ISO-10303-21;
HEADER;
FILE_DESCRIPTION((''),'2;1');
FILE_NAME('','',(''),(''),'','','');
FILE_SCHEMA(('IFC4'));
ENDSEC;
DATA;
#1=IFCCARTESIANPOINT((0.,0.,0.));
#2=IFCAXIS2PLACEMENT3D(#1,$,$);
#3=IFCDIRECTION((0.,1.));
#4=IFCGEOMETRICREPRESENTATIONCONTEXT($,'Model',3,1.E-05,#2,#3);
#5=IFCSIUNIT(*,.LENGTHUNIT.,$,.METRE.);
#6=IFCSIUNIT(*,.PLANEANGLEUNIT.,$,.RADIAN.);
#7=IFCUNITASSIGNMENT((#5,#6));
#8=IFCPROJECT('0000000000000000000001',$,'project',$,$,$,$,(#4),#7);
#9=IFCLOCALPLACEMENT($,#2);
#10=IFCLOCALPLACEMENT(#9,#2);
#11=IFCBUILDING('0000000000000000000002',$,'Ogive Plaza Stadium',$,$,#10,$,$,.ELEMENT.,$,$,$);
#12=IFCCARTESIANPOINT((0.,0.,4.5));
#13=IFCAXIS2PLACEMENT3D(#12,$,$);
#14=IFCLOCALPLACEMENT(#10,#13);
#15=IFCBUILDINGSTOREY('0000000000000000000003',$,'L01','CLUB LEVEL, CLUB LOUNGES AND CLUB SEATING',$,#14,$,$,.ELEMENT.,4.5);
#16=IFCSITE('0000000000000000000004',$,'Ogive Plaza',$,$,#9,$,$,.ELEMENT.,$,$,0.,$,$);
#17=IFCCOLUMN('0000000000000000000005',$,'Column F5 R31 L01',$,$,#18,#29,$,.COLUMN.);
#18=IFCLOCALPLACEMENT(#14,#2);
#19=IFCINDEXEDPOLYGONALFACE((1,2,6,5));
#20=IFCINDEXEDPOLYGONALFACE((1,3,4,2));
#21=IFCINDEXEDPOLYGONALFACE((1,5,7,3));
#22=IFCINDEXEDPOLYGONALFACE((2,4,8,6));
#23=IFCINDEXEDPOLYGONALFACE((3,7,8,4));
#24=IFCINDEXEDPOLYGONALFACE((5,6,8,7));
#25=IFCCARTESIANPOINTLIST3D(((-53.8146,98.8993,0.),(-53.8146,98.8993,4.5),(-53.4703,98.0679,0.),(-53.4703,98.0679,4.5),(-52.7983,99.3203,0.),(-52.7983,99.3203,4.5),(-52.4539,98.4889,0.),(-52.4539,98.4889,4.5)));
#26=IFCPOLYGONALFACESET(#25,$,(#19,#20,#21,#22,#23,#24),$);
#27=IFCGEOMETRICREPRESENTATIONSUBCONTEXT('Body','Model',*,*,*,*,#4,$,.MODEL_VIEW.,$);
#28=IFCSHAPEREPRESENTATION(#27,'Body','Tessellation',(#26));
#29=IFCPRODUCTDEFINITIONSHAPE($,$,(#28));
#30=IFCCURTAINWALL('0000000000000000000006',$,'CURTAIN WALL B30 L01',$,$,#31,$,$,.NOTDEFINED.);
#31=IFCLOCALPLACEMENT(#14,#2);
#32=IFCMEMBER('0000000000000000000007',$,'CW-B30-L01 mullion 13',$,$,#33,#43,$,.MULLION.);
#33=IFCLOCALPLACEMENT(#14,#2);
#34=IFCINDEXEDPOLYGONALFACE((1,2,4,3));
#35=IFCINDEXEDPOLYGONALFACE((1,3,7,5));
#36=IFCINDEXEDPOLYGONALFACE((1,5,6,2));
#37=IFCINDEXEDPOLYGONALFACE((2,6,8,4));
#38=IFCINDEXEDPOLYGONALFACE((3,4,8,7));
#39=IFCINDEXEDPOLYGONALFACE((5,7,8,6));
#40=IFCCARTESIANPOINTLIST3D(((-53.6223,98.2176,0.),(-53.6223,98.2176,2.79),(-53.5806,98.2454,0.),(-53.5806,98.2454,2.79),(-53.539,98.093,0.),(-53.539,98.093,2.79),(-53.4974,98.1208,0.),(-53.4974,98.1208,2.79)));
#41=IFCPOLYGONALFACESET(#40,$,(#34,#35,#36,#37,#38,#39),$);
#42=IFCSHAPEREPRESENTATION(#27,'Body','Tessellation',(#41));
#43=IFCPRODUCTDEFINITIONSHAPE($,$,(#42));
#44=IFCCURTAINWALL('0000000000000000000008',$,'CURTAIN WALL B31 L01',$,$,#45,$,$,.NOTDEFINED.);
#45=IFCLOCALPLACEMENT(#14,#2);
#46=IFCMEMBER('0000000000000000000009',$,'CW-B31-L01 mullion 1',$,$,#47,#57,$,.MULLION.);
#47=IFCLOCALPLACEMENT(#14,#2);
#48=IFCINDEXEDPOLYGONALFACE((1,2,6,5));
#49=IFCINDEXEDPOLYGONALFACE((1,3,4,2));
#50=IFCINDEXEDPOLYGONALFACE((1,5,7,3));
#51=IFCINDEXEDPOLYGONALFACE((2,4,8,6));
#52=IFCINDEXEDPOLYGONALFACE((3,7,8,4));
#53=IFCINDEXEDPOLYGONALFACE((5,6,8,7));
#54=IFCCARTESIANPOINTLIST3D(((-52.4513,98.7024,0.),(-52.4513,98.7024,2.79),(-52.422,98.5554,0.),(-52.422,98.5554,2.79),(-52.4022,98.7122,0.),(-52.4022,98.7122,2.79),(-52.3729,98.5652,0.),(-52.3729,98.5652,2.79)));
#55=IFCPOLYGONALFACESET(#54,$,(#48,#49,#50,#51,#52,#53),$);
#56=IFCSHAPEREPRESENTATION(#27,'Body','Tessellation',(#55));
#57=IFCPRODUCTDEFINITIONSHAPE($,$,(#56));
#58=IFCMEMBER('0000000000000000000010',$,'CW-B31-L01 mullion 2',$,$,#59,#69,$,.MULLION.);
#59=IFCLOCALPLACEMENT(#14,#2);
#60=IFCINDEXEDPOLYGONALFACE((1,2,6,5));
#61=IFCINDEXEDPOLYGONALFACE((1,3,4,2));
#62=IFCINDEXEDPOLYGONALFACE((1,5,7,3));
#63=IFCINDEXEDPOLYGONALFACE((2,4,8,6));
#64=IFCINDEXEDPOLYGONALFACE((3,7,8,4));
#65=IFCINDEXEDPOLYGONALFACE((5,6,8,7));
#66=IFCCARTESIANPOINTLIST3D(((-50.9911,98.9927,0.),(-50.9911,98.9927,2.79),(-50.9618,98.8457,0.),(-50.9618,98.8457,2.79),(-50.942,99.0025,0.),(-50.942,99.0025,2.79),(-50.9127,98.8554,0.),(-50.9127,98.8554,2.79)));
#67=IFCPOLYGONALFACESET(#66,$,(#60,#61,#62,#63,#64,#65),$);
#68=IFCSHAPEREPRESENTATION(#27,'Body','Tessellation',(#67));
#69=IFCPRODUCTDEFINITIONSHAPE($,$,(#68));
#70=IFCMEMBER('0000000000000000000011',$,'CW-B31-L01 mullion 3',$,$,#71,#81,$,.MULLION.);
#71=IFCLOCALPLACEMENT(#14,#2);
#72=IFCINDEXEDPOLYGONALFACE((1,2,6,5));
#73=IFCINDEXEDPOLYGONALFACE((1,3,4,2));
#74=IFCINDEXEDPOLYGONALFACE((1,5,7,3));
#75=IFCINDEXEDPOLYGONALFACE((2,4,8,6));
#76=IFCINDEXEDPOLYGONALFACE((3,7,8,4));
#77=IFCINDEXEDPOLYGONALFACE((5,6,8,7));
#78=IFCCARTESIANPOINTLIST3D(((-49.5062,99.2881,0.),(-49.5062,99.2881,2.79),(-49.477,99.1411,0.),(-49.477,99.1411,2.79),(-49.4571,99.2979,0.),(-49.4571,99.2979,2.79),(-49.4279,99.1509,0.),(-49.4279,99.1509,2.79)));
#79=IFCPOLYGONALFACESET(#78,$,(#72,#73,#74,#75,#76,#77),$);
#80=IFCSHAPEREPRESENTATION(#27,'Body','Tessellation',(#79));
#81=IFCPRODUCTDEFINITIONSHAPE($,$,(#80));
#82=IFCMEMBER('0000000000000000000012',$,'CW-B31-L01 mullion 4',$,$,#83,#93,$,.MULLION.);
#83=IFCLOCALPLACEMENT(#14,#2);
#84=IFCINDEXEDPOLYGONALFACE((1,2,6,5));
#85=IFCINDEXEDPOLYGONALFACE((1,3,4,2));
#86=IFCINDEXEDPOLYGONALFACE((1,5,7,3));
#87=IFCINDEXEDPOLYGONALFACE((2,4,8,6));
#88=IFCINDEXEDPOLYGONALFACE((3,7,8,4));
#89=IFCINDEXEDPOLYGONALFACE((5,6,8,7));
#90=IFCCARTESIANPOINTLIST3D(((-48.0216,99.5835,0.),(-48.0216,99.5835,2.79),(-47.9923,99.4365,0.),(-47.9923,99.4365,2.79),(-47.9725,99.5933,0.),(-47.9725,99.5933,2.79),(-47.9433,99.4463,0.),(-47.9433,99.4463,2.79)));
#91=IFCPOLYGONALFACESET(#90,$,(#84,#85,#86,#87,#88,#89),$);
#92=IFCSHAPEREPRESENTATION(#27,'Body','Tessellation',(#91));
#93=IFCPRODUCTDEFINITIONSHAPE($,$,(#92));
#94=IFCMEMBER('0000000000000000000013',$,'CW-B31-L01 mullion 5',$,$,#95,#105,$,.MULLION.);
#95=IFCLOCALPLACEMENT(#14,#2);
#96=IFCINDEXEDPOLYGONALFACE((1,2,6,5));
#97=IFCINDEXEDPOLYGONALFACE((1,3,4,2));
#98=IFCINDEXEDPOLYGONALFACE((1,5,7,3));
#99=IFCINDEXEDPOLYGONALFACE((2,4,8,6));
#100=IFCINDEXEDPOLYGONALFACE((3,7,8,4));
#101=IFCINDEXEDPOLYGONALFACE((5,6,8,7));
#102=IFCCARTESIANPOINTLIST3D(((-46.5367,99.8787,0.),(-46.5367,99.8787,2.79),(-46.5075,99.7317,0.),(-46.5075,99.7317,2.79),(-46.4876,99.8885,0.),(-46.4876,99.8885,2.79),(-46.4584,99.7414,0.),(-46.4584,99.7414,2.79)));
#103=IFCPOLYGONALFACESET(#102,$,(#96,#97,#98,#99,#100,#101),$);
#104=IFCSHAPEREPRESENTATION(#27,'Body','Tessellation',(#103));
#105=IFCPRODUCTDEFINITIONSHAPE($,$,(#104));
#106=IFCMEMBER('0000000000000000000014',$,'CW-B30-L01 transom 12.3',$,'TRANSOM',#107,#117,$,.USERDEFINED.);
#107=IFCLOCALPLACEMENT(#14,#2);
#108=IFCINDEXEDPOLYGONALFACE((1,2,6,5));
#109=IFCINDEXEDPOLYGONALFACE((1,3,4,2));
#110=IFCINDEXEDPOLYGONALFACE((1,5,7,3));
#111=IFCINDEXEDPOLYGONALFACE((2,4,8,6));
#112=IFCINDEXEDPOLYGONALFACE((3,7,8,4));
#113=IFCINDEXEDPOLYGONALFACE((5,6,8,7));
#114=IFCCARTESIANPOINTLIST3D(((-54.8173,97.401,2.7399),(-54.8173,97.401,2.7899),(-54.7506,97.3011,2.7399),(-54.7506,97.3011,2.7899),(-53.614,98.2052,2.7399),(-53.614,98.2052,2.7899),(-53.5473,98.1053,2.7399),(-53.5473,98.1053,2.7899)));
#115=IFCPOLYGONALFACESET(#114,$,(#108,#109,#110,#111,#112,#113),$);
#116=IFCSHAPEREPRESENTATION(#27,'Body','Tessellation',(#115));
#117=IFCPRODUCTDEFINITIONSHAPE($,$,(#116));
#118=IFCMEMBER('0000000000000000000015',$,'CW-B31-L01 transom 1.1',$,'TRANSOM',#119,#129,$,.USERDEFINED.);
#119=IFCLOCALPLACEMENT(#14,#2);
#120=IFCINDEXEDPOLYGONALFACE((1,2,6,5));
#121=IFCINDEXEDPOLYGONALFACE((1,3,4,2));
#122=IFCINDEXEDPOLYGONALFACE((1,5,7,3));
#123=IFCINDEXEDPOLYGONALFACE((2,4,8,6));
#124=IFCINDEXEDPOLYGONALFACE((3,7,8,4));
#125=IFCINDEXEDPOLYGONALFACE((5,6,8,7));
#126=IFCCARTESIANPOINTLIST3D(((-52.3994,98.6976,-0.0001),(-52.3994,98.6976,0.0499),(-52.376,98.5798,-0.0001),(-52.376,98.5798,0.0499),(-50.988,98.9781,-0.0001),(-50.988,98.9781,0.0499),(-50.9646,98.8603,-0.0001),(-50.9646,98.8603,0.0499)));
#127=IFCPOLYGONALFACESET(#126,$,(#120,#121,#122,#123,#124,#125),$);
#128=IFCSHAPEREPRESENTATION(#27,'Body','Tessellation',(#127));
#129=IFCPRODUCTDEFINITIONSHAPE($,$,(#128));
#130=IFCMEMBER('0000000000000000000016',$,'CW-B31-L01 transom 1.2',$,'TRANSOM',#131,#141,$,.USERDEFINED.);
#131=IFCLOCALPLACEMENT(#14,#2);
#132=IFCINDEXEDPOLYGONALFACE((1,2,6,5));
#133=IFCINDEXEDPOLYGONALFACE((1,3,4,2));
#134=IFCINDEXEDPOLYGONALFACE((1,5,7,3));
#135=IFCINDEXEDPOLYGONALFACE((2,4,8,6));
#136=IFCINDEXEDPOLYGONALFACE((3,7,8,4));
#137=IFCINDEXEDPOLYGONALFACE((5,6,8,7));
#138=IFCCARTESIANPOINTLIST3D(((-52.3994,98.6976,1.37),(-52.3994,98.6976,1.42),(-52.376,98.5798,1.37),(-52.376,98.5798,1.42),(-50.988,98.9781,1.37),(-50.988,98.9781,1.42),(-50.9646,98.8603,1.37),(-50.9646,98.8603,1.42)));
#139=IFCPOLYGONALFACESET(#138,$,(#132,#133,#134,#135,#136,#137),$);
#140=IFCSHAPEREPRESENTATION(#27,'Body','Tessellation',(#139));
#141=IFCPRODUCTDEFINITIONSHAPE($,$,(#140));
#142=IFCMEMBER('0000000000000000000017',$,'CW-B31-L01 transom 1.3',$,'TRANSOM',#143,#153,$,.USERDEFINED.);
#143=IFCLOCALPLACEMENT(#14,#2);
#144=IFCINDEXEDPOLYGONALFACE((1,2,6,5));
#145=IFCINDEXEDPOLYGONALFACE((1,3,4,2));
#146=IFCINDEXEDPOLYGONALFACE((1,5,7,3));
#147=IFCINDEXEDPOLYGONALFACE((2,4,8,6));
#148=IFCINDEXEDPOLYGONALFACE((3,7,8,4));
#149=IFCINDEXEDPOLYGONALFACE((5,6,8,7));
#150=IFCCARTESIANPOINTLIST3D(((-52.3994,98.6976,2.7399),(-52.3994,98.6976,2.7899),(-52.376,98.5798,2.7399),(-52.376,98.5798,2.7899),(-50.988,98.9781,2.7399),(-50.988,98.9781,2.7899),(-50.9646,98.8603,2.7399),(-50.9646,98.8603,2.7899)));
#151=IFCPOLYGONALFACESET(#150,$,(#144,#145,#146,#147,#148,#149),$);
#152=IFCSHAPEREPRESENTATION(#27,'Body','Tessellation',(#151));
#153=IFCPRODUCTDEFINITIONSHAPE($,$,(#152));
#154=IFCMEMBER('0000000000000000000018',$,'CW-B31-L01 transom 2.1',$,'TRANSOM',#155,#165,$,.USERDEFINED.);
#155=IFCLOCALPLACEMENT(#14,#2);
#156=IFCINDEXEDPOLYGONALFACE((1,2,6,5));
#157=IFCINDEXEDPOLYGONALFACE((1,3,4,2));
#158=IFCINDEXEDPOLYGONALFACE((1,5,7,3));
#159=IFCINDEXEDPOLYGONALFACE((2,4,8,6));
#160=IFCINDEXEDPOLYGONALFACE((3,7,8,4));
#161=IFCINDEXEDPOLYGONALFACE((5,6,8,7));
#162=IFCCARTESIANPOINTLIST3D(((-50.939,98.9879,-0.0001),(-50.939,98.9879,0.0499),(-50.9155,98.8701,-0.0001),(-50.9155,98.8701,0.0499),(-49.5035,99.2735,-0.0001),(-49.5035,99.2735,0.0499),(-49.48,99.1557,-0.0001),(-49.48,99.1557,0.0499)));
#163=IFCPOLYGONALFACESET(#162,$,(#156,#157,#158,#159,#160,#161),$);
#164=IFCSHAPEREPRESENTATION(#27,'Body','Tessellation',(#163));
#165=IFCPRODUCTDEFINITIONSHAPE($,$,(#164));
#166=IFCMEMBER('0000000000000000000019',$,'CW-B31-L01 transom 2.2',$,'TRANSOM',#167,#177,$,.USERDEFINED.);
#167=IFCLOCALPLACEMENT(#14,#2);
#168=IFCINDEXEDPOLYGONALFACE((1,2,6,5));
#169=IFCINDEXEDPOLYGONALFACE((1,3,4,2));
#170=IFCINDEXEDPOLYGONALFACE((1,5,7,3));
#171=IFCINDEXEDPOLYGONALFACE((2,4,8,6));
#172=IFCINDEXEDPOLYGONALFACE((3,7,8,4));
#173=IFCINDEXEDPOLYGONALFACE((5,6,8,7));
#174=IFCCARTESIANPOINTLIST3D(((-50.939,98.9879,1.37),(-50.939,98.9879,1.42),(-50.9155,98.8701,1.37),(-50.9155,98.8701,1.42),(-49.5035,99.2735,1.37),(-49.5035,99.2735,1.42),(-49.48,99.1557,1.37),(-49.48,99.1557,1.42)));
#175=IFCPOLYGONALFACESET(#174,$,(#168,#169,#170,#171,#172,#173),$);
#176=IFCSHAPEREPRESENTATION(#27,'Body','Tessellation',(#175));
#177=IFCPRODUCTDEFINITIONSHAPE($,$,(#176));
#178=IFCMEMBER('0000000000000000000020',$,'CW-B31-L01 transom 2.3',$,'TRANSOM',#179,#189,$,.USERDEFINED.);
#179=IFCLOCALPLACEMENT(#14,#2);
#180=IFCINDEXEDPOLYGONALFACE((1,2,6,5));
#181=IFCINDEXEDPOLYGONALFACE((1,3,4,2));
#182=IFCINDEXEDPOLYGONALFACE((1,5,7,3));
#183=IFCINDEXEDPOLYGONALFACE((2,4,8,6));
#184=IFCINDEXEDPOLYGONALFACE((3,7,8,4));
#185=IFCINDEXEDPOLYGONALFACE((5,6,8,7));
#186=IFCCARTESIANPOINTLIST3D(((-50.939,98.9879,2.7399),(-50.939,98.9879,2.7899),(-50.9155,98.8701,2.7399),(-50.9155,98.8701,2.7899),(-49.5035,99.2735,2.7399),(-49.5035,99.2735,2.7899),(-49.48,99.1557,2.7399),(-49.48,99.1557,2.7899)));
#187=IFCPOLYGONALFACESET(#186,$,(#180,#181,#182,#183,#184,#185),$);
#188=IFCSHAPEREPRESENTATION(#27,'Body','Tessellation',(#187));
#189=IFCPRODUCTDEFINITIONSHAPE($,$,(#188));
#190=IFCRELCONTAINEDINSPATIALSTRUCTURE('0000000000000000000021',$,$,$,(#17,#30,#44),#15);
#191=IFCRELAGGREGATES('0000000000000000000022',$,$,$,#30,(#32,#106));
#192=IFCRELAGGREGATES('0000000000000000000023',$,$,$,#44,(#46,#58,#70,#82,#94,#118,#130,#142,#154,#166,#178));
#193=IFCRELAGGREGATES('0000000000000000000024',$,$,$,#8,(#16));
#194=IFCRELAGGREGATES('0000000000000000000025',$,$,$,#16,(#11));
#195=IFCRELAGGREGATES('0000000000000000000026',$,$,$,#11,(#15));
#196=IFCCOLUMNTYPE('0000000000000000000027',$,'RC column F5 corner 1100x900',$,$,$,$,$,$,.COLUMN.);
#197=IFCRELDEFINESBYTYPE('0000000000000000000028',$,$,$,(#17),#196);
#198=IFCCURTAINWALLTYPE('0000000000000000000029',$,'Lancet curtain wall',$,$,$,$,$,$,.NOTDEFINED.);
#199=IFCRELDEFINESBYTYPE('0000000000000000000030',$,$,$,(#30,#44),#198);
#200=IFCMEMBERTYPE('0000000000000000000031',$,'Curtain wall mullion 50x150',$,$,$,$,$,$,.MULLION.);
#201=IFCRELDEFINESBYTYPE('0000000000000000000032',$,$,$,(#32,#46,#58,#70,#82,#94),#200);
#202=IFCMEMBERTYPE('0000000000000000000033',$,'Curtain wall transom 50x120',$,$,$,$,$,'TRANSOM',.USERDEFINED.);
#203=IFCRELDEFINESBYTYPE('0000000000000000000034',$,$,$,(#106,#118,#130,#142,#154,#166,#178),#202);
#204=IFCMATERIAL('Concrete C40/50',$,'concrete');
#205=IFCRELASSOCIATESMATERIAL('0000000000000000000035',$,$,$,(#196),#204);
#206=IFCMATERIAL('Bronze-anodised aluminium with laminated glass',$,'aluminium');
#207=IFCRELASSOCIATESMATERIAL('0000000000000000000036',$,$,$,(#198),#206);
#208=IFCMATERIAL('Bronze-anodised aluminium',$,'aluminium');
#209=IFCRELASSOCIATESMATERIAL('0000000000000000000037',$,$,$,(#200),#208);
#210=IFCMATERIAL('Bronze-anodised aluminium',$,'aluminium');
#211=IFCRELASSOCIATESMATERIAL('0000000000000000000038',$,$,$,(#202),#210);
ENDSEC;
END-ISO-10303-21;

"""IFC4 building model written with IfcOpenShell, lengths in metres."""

from ifc_helpers import new_model, si_unit, direction, frame, origin, origin_2d, place, context, subcontext, project, spatial, rectangle, extrude, material, material_profile, profile_set, type_object, element, aggregate, save


model = new_model("IFC4")

# Units and contexts
model_context = context("Model", 3, precision=1e-05, world=origin(), true_north=direction((0.0, 1.0)))
body_context = subcontext(model_context, "Body", "Model", "MODEL_VIEW")
ifc_project = project(units=[si_unit("LENGTHUNIT", "METRE"), si_unit("PLANEANGLEUNIT", "RADIAN")], contexts=[model_context])

# Site, building, storey
site_placement = place(None, origin())
site = spatial("IfcSite", under=ifc_project, at=site_placement, Name="Ogive Plaza", CompositionType="ELEMENT", RefElevation=0.0)
building_placement = place(site_placement, origin())
building = spatial("IfcBuilding", under=site, at=building_placement, Name="Ogive Plaza Stadium", CompositionType="ELEMENT")
storey_placement = place(building_placement, frame((0.0, 0.0, 4.5)))
storey = spatial("IfcBuildingStorey", under=building, at=storey_placement, Name="L01", Description="CLUB LEVEL, CLUB LOUNGES AND CLUB SEATING", CompositionType="ELEMENT", Elevation=4.5)

# Column
ifc_material_1 = material(Name="Concrete C40/50", Category="concrete")
ifc_material_profile_1 = material_profile(ifc_material_1, rectangle(XDim=1.1001, YDim=0.8999, at=origin_2d()), Name="RC 1100x900")
ifc_profile_set_1 = profile_set([ifc_material_profile_1], Name="Concrete C40/50")
column_type = type_object("IfcColumnType", Name="RC column F5 corner 1100x900", PredefinedType="COLUMN", material=ifc_profile_set_1)
column_placement = place(storey_placement, frame((-53.1343, 98.6941, 0.0), z_axis=(0.0, 0.0, 1.0), x_axis=(-0.92388, -0.382683, 0.0)))
element("IfcColumn", 1, at=column_placement, inside=storey, type_object=column_type, Name="Column F5 R31 L01", PredefinedType="COLUMN", context=body_context, shape_type="SweptSolid", body=[
    extrude(rectangle(XDim=1.1001, YDim=0.8999, at=origin_2d()), origin(), (0.0, 0.0, 1.0), 4.5),
])

# Curtain wall, member
ifc_material_2 = material(Name="Bronze-anodised aluminium with laminated glass", Category="aluminium")
curtain_wall_type = type_object("IfcCurtainWallType", Name="Lancet curtain wall", PredefinedType="NOTDEFINED", material=ifc_material_2)
curtain_wall_1_placement = place(storey_placement, origin())
curtain_wall_1 = element("IfcCurtainWall", 2, at=curtain_wall_1_placement, inside=storey, type_object=curtain_wall_type, Name="CURTAIN WALL B30 L01", PredefinedType="NOTDEFINED")
ifc_material_3 = material(Name="Bronze-anodised aluminium", Category="aluminium")
ifc_material_profile_2 = material_profile(ifc_material_3, rectangle(XDim=0.1499, YDim=0.05, at=origin_2d()), Name="AL 150x50")
ifc_profile_set_2 = profile_set([ifc_material_profile_2], Name="Bronze-anodised aluminium")
member_type_1 = type_object("IfcMemberType", Name="Curtain wall mullion 50x150", PredefinedType="MULLION", material=ifc_profile_set_2)
member_1_placement = place(storey_placement, frame((-53.5598, 98.1692, 0.0), z_axis=(0.0, 0.0, 1.0), x_axis=(-0.55557, 0.83147, 0.0)))
member_1 = element("IfcMember", 3, at=member_1_placement, type_object=member_type_1, Name="CW-B30-L01 mullion 13", PredefinedType="MULLION", context=body_context, shape_type="SweptSolid", body=[
    extrude(rectangle(XDim=0.1499, YDim=0.05, at=origin_2d()), origin(), (0.0, 0.0, 1.0), 2.79),
])

# Curtain wall, members
curtain_wall_2_placement = place(storey_placement, origin())
curtain_wall_2 = element("IfcCurtainWall", 4, at=curtain_wall_2_placement, inside=storey, type_object=curtain_wall_type, Name="CURTAIN WALL B31 L01", PredefinedType="NOTDEFINED")
member_2_placement = place(storey_placement, frame((-52.4121, 98.6338, 0.0), z_axis=(0.0, 0.0, 1.0), x_axis=(-0.19509, 0.980785, 0.0)))
member_2 = element("IfcMember", 5, at=member_2_placement, type_object=member_type_1, Name="CW-B31-L01 mullion 1", PredefinedType="MULLION", context=body_context, shape_type="SweptSolid", body=[
    extrude(rectangle(XDim=0.1499, YDim=0.05, at=origin_2d()), origin(), (0.0, 0.0, 1.0), 2.79),
])
member_3_placement = place(storey_placement, frame((-50.9519, 98.9241, 0.0), z_axis=(0.0, 0.0, 1.0), x_axis=(-0.19509, 0.980785, 0.0)))
member_3 = element("IfcMember", 6, at=member_3_placement, type_object=member_type_1, Name="CW-B31-L01 mullion 2", PredefinedType="MULLION", context=body_context, shape_type="SweptSolid", body=[
    extrude(rectangle(XDim=0.1499, YDim=0.05, at=origin_2d()), origin(), (0.0, 0.0, 1.0), 2.79),
])
member_4_placement = place(storey_placement, frame((-49.467, 99.2195, 0.0), z_axis=(0.0, 0.0, 1.0), x_axis=(-0.19509, 0.980785, 0.0)))
member_4 = element("IfcMember", 7, at=member_4_placement, type_object=member_type_1, Name="CW-B31-L01 mullion 3", PredefinedType="MULLION", context=body_context, shape_type="SweptSolid", body=[
    extrude(rectangle(XDim=0.1499, YDim=0.05, at=origin_2d()), origin(), (0.0, 0.0, 1.0), 2.79),
])
member_5_placement = place(storey_placement, frame((-47.9824, 99.5149, 0.0), z_axis=(0.0, 0.0, 1.0), x_axis=(-0.19509, 0.980785, 0.0)))
member_5 = element("IfcMember", 8, at=member_5_placement, type_object=member_type_1, Name="CW-B31-L01 mullion 4", PredefinedType="MULLION", context=body_context, shape_type="SweptSolid", body=[
    extrude(rectangle(XDim=0.1499, YDim=0.05, at=origin_2d()), origin(), (0.0, 0.0, 1.0), 2.79),
])
member_6_placement = place(storey_placement, frame((-46.4976, 99.8101, 0.0), z_axis=(0.0, 0.0, 1.0), x_axis=(-0.19509, 0.980785, 0.0)))
member_6 = element("IfcMember", 9, at=member_6_placement, type_object=member_type_1, Name="CW-B31-L01 mullion 5", PredefinedType="MULLION", context=body_context, shape_type="SweptSolid", body=[
    extrude(rectangle(XDim=0.1499, YDim=0.05, at=origin_2d()), origin(), (0.0, 0.0, 1.0), 2.79),
])

# Members
ifc_material_4 = material(Name="Bronze-anodised aluminium", Category="aluminium")
ifc_material_profile_3 = material_profile(ifc_material_4, rectangle(XDim=0.1201, YDim=0.05, at=origin_2d()), Name="AL 120x50")
ifc_profile_set_3 = profile_set([ifc_material_profile_3], Name="Bronze-anodised aluminium")
member_type_2 = type_object("IfcMemberType", Name="Curtain wall transom 50x120", ElementType="TRANSOM", PredefinedType="USERDEFINED", material=ifc_profile_set_3)
member_7_placement = place(storey_placement, frame((-54.7839, 97.3511, 2.7649), z_axis=(0.831427, 0.555634, 0.0), x_axis=(-0.555634, 0.831427, 0.0)))
member_7 = element("IfcMember", 10, at=member_7_placement, type_object=member_type_2, Name="CW-B30-L01 transom 12.3", ObjectType="TRANSOM", PredefinedType="USERDEFINED", context=body_context, shape_type="SweptSolid", body=[
    extrude(rectangle(XDim=0.1201, YDim=0.05, at=origin_2d()), origin(), (0.0, 0.0, 1.0), 1.4473),
])
member_8_placement = place(storey_placement, frame((-52.3877, 98.6387, 0.0249), z_axis=(0.980815, 0.194941, 0.0), x_axis=(-0.194941, 0.980815, 0.0)))
member_8 = element("IfcMember", 11, at=member_8_placement, type_object=member_type_2, Name="CW-B31-L01 transom 1.1", ObjectType="TRANSOM", PredefinedType="USERDEFINED", context=body_context, shape_type="SweptSolid", body=[
    extrude(rectangle(XDim=0.1201, YDim=0.05, at=origin_2d()), origin(), (0.0, 0.0, 1.0), 1.439),
])
member_9_placement = place(storey_placement, frame((-52.3877, 98.6387, 1.395), z_axis=(0.980815, 0.194941, 0.0), x_axis=(-0.194941, 0.980815, 0.0)))
member_9 = element("IfcMember", 12, at=member_9_placement, type_object=member_type_2, Name="CW-B31-L01 transom 1.2", ObjectType="TRANSOM", PredefinedType="USERDEFINED", context=body_context, shape_type="SweptSolid", body=[
    extrude(rectangle(XDim=0.1201, YDim=0.05, at=origin_2d()), origin(), (0.0, 0.0, 1.0), 1.439),
])
member_10_placement = place(storey_placement, frame((-52.3877, 98.6387, 2.7649), z_axis=(0.980815, 0.194941, 0.0), x_axis=(-0.194941, 0.980815, 0.0)))
member_10 = element("IfcMember", 13, at=member_10_placement, type_object=member_type_2, Name="CW-B31-L01 transom 1.3", ObjectType="TRANSOM", PredefinedType="USERDEFINED", context=body_context, shape_type="SweptSolid", body=[
    extrude(rectangle(XDim=0.1201, YDim=0.05, at=origin_2d()), origin(), (0.0, 0.0, 1.0), 1.439),
])
member_11_placement = place(storey_placement, frame((-50.9272, 98.929, 0.0249), z_axis=(0.980773, 0.195154, 0.0), x_axis=(-0.195154, 0.980773, 0.0)))
member_11 = element("IfcMember", 14, at=member_11_placement, type_object=member_type_2, Name="CW-B31-L01 transom 2.1", ObjectType="TRANSOM", PredefinedType="USERDEFINED", context=body_context, shape_type="SweptSolid", body=[
    extrude(rectangle(XDim=0.1201, YDim=0.05, at=origin_2d()), origin(), (0.0, 0.0, 1.0), 1.4636),
])
member_12_placement = place(storey_placement, frame((-50.9272, 98.929, 1.395), z_axis=(0.980773, 0.195154, 0.0), x_axis=(-0.195154, 0.980773, 0.0)))
member_12 = element("IfcMember", 15, at=member_12_placement, type_object=member_type_2, Name="CW-B31-L01 transom 2.2", ObjectType="TRANSOM", PredefinedType="USERDEFINED", context=body_context, shape_type="SweptSolid", body=[
    extrude(rectangle(XDim=0.1201, YDim=0.05, at=origin_2d()), origin(), (0.0, 0.0, 1.0), 1.4636),
])
member_13_placement = place(storey_placement, frame((-50.9272, 98.929, 2.7649), z_axis=(0.980773, 0.195154, 0.0), x_axis=(-0.195154, 0.980773, 0.0)))
member_13 = element("IfcMember", 16, at=member_13_placement, type_object=member_type_2, Name="CW-B31-L01 transom 2.3", ObjectType="TRANSOM", PredefinedType="USERDEFINED", context=body_context, shape_type="SweptSolid", body=[
    extrude(rectangle(XDim=0.1201, YDim=0.05, at=origin_2d()), origin(), (0.0, 0.0, 1.0), 1.4636),
])

aggregate(curtain_wall_1, [member_1, member_7])
aggregate(curtain_wall_2, [member_2, member_3, member_4, member_5, member_6, member_8, member_9, member_10, member_11, member_12, member_13])

save(model, "model.ifc")
